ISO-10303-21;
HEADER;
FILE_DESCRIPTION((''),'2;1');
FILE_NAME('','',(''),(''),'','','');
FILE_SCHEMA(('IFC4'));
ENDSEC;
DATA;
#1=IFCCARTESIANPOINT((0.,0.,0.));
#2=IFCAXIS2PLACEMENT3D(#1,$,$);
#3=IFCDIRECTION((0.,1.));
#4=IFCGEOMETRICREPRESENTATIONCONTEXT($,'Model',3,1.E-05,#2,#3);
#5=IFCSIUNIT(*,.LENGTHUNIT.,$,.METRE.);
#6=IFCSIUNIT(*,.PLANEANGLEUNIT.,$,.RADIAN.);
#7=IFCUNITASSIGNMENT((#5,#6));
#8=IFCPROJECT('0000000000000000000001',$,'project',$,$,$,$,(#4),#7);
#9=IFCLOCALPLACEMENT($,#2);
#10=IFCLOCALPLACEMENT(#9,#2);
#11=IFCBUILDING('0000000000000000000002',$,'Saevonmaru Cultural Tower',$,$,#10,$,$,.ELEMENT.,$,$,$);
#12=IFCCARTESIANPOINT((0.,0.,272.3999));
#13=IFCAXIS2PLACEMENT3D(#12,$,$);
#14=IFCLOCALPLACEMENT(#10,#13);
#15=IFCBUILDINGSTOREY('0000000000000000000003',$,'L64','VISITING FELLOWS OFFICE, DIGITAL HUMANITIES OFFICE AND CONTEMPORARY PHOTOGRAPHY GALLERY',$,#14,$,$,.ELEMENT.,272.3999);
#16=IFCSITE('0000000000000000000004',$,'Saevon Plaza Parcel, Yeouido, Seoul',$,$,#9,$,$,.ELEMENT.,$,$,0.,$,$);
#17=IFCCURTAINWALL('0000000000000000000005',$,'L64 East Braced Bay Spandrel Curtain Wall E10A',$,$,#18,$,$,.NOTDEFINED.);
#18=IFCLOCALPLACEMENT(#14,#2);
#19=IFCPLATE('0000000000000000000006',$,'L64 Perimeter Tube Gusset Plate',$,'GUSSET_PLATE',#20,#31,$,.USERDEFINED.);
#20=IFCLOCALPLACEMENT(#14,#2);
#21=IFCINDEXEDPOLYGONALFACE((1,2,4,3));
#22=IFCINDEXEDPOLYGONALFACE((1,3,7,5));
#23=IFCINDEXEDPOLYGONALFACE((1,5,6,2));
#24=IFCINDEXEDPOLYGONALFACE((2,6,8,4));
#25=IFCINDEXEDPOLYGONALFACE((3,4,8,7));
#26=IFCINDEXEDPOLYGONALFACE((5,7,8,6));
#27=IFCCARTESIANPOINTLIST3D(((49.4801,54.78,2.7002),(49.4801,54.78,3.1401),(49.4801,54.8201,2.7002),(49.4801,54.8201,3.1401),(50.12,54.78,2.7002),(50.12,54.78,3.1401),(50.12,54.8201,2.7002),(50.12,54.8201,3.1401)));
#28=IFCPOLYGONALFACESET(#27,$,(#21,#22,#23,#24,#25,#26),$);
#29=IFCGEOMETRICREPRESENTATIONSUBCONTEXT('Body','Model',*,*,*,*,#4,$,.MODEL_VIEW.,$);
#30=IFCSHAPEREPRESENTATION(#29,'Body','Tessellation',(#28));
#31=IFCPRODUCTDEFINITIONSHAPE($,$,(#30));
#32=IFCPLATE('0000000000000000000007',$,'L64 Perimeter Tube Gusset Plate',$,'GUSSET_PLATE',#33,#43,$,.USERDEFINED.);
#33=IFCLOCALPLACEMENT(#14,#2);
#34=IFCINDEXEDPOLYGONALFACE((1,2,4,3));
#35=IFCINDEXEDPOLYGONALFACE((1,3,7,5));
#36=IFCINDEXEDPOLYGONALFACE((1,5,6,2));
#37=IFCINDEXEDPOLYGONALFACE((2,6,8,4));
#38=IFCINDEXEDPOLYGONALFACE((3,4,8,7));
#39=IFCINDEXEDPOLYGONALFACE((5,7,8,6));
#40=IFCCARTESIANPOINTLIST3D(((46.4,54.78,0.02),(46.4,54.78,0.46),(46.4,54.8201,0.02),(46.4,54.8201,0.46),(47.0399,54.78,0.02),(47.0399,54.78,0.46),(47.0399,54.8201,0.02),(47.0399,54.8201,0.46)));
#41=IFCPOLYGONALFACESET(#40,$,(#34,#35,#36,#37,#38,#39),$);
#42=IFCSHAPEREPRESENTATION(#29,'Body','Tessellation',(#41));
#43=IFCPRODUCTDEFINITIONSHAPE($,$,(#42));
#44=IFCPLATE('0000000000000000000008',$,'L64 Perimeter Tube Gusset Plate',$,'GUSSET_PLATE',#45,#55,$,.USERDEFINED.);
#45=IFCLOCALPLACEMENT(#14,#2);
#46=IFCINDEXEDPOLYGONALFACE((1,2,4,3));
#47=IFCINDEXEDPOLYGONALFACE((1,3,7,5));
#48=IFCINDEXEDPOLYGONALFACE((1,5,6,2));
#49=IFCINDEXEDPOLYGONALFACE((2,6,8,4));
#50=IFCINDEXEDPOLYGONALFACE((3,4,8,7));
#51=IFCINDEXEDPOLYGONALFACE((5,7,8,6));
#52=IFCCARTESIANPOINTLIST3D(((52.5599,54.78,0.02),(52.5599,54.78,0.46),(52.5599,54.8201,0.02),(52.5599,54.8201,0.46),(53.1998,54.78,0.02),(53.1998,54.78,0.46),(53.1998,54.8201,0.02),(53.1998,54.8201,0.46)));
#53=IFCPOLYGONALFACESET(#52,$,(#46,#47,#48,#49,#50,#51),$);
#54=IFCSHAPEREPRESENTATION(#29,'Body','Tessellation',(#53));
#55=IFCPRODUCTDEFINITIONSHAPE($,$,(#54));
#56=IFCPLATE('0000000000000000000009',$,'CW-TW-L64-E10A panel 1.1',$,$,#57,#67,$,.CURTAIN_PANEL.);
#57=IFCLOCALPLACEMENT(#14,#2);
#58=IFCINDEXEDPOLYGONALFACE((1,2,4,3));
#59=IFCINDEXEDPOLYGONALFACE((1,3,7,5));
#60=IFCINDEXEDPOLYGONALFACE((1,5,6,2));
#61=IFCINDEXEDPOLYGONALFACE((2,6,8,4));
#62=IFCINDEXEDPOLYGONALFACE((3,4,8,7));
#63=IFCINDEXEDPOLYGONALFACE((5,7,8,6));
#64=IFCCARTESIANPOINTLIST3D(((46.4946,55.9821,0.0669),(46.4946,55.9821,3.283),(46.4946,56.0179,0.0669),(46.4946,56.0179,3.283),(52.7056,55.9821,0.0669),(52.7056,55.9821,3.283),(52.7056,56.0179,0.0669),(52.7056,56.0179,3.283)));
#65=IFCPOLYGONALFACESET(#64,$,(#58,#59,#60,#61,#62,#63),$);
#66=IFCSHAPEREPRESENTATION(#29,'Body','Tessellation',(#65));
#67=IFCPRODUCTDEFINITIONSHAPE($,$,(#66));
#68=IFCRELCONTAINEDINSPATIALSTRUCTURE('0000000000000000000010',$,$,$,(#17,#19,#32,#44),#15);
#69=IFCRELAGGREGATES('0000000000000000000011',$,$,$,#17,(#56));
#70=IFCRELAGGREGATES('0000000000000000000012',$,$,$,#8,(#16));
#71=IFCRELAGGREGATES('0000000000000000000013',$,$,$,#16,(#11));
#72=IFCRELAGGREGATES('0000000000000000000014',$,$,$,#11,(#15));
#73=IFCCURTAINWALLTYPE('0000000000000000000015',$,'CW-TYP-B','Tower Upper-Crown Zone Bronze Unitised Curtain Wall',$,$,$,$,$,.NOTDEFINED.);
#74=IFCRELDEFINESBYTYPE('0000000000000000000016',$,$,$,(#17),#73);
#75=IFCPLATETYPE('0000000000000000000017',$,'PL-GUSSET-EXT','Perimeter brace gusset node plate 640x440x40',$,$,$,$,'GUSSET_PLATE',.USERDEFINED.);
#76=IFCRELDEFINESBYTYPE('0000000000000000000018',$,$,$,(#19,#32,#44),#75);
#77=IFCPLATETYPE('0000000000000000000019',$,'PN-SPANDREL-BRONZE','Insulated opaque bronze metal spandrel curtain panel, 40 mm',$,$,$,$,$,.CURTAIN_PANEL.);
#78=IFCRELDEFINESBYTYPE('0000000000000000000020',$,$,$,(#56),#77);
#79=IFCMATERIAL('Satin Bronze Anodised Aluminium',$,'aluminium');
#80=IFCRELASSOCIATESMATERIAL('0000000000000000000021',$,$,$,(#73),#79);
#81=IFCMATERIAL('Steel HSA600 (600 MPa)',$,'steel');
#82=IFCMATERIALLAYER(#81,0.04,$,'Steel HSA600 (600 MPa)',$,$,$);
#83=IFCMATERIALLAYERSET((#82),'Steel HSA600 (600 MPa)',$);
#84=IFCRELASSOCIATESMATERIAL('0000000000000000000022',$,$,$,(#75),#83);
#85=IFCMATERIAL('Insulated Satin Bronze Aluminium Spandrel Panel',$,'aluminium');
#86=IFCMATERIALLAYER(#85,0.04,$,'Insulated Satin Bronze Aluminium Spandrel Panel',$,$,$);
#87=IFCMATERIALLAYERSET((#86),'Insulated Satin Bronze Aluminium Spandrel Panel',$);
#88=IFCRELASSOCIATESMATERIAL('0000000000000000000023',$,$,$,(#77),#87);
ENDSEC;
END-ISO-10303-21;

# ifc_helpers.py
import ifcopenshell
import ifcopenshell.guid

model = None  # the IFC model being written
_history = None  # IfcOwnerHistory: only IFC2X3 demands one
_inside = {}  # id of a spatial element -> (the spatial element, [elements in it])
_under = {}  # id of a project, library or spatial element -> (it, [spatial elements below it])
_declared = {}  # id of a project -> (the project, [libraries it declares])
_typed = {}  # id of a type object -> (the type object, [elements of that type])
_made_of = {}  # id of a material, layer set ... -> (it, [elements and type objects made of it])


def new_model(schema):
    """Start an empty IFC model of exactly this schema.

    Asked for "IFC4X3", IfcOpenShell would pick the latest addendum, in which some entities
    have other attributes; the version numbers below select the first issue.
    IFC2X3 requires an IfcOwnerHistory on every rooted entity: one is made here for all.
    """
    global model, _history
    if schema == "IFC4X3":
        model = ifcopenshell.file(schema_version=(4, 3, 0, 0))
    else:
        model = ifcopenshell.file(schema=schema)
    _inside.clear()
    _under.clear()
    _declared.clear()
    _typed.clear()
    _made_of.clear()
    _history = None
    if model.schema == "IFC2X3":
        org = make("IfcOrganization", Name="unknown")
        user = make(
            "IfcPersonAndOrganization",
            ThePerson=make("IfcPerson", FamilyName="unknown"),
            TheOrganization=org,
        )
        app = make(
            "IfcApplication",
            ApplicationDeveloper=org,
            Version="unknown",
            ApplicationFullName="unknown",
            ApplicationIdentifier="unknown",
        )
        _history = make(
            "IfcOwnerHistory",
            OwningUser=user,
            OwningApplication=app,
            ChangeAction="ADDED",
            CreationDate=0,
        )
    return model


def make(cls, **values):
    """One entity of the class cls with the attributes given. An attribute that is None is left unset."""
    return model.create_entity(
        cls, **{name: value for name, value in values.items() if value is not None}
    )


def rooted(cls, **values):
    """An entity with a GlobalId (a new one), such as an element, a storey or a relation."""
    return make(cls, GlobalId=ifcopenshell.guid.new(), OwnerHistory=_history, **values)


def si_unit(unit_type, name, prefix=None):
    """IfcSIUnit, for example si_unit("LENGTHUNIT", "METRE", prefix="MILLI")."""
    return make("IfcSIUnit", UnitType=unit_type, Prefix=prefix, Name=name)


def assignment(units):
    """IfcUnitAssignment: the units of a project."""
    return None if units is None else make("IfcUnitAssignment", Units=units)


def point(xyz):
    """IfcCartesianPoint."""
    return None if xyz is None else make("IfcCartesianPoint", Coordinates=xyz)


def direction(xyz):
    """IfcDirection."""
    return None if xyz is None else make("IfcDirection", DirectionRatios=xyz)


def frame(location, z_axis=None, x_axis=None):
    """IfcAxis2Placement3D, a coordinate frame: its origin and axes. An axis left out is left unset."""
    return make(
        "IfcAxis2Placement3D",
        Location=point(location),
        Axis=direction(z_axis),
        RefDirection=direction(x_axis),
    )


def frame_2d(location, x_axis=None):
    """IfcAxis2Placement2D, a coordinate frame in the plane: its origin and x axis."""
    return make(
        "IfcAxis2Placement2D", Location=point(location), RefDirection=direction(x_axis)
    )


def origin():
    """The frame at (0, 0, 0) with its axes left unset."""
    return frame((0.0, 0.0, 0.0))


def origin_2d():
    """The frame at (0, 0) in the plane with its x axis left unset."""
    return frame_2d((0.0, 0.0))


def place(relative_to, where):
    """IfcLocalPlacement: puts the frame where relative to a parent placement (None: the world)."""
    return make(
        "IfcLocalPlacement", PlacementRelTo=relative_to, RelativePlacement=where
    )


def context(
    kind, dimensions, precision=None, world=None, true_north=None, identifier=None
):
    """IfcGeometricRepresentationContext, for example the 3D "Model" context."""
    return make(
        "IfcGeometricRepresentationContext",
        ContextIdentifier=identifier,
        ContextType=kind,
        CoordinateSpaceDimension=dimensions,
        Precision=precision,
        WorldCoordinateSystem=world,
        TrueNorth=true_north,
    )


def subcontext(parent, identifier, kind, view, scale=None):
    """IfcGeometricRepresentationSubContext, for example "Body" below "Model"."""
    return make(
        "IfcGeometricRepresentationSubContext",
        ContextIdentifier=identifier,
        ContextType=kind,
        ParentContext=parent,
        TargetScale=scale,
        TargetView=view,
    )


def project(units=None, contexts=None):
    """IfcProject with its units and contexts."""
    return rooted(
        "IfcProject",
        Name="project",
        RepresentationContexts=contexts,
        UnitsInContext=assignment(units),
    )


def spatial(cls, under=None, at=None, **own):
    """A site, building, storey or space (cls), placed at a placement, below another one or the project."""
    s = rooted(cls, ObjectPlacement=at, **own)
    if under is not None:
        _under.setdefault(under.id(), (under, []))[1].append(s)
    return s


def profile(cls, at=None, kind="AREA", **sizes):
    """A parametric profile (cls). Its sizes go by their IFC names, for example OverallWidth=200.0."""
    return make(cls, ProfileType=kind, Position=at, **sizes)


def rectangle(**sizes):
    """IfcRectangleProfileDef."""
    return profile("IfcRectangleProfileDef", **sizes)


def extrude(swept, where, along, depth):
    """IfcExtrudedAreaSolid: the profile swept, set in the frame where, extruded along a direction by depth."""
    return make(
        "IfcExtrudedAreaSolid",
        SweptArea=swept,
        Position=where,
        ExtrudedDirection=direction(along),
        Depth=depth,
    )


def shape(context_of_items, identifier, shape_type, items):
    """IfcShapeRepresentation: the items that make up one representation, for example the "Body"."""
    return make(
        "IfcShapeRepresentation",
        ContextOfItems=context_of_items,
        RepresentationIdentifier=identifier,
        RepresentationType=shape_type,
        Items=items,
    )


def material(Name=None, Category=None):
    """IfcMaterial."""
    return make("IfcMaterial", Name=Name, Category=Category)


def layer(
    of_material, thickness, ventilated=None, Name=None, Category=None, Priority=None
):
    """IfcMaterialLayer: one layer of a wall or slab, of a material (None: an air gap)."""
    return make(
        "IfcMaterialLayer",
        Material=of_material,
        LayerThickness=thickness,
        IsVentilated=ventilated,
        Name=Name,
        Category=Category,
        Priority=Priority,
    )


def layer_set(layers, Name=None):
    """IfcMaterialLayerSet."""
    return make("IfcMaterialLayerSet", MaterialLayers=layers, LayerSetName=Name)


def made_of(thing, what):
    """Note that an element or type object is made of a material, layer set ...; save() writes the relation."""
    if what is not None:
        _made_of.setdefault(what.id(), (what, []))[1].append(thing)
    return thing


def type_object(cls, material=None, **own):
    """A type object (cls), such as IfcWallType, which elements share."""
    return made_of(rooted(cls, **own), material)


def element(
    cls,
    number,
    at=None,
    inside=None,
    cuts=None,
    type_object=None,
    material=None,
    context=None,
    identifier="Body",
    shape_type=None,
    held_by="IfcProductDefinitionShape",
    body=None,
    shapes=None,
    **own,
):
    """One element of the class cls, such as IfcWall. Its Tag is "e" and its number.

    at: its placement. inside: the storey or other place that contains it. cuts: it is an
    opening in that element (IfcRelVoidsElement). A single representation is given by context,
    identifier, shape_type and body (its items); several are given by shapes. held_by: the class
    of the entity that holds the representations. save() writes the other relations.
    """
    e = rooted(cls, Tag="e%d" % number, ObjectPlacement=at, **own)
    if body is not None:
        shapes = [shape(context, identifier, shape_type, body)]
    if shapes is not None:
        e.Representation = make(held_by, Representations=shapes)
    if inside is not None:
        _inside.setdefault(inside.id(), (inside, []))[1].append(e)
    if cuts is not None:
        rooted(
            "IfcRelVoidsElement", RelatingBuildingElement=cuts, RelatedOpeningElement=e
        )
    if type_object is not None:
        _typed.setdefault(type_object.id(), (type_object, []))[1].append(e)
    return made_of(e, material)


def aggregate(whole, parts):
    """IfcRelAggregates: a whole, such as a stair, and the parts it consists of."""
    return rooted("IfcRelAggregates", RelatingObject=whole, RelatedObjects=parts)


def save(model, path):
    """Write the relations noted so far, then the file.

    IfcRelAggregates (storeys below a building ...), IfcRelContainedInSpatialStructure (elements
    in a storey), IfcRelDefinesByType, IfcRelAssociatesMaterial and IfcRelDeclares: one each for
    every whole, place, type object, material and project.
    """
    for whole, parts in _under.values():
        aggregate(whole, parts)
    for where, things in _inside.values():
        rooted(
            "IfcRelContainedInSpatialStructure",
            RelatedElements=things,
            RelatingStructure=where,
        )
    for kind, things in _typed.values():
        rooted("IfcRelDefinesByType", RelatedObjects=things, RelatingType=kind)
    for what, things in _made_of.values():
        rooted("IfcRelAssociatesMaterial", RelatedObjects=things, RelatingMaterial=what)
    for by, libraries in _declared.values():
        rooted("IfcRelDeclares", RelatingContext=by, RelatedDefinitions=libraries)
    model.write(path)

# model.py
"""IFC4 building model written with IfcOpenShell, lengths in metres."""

from ifc_helpers import new_model, si_unit, direction, frame, origin, origin_2d, place, context, subcontext, project, spatial, rectangle, extrude, material, layer, layer_set, type_object, element, aggregate, save


model = new_model("IFC4")

# Units and contexts
model_context = context("Model", 3, precision=1e-05, world=origin(), true_north=direction((0.0, 1.0)))
body_context = subcontext(model_context, "Body", "Model", "MODEL_VIEW")
ifc_project = project(units=[si_unit("LENGTHUNIT", "METRE"), si_unit("PLANEANGLEUNIT", "RADIAN")], contexts=[model_context])

# Site, building, storey
site_placement = place(None, origin())
site = spatial("IfcSite", under=ifc_project, at=site_placement, Name="Saevon Plaza Parcel, Yeouido, Seoul", CompositionType="ELEMENT", RefElevation=0.0)
building_placement = place(site_placement, origin())
building = spatial("IfcBuilding", under=site, at=building_placement, Name="Saevonmaru Cultural Tower", CompositionType="ELEMENT")
storey_placement = place(building_placement, frame((0.0, 0.0, 272.3999)))
storey = spatial("IfcBuildingStorey", under=building, at=storey_placement, Name="L64", Description="VISITING FELLOWS OFFICE, DIGITAL HUMANITIES OFFICE AND CONTEMPORARY PHOTOGRAPHY GALLERY", CompositionType="ELEMENT", Elevation=272.3999)

# Curtain wall
ifc_material_1 = material(Name="Satin Bronze Anodised Aluminium", Category="aluminium")
curtain_wall_type = type_object("IfcCurtainWallType", Name="CW-TYP-B", Description="Tower Upper-Crown Zone Bronze Unitised Curtain Wall", PredefinedType="NOTDEFINED", material=ifc_material_1)
curtain_wall_1_placement = place(storey_placement, origin())
curtain_wall_1 = element("IfcCurtainWall", 1, at=curtain_wall_1_placement, inside=storey, type_object=curtain_wall_type, Name="L64 East Braced Bay Spandrel Curtain Wall E10A", PredefinedType="NOTDEFINED")

# Plates
ifc_material_2 = material(Name="Steel HSA600 (600 MPa)", Category="steel")
ifc_layer_1 = layer(ifc_material_2, 0.04, Name="Steel HSA600 (600 MPa)")
ifc_layer_set_1 = layer_set([ifc_layer_1], Name="Steel HSA600 (600 MPa)")
plate_type_1 = type_object("IfcPlateType", Name="PL-GUSSET-EXT", Description="Perimeter brace gusset node plate 640x440x40", ElementType="GUSSET_PLATE", PredefinedType="USERDEFINED", material=ifc_layer_set_1)
for number, where, z_axis, x_axis, name in (
    (2, (49.8, 54.8, 2.7002), (0.0, 0.0, 1.0), (1.0, 0.0, 0.0), "L64 Perimeter Tube Gusset Plate"),
    (3, (46.72, 54.8, 0.02), (0.0, 0.0, 1.0), (1.0, 0.0, 0.0), "L64 Perimeter Tube Gusset Plate"),
    (4, (52.8799, 54.8, 0.02), (0.0, 0.0, 1.0), (1.0, 0.0, 0.0), "L64 Perimeter Tube Gusset Plate"),
):
    element("IfcPlate", number, at=place(storey_placement, frame(where, z_axis=z_axis, x_axis=x_axis)), inside=storey, type_object=plate_type_1, Name=name, ObjectType="GUSSET_PLATE", PredefinedType="USERDEFINED", context=body_context, shape_type="SweptSolid", body=[
        extrude(rectangle(XDim=0.6399, YDim=0.04, at=origin_2d()), origin(), (0.0, 0.0, 1.0), 0.4399),
    ])

# Plate
ifc_material_3 = material(Name="Insulated Satin Bronze Aluminium Spandrel Panel", Category="aluminium")
ifc_layer_2 = layer(ifc_material_3, 0.04, Name="Insulated Satin Bronze Aluminium Spandrel Panel")
ifc_layer_set_2 = layer_set([ifc_layer_2], Name="Insulated Satin Bronze Aluminium Spandrel Panel")
plate_type_2 = type_object("IfcPlateType", Name="PN-SPANDREL-BRONZE", Description="Insulated opaque bronze metal spandrel curtain panel, 40 mm", PredefinedType="CURTAIN_PANEL", material=ifc_layer_set_2)
plate_placement = place(storey_placement, frame((49.6001, 56.0, 0.0669), z_axis=(0.0, 0.0, 1.0), x_axis=(-1.0, 0.0, 0.0)))
plate = element("IfcPlate", 5, at=plate_placement, type_object=plate_type_2, Name="CW-TW-L64-E10A panel 1.1", PredefinedType="CURTAIN_PANEL", context=body_context, shape_type="SweptSolid", body=[
    extrude(rectangle(XDim=6.2109, YDim=0.0359, at=origin_2d()), origin(), (0.0, 0.0, 1.0), 3.2161),
])
aggregate(curtain_wall_1, [plate])

save(model, "model.ifc")
